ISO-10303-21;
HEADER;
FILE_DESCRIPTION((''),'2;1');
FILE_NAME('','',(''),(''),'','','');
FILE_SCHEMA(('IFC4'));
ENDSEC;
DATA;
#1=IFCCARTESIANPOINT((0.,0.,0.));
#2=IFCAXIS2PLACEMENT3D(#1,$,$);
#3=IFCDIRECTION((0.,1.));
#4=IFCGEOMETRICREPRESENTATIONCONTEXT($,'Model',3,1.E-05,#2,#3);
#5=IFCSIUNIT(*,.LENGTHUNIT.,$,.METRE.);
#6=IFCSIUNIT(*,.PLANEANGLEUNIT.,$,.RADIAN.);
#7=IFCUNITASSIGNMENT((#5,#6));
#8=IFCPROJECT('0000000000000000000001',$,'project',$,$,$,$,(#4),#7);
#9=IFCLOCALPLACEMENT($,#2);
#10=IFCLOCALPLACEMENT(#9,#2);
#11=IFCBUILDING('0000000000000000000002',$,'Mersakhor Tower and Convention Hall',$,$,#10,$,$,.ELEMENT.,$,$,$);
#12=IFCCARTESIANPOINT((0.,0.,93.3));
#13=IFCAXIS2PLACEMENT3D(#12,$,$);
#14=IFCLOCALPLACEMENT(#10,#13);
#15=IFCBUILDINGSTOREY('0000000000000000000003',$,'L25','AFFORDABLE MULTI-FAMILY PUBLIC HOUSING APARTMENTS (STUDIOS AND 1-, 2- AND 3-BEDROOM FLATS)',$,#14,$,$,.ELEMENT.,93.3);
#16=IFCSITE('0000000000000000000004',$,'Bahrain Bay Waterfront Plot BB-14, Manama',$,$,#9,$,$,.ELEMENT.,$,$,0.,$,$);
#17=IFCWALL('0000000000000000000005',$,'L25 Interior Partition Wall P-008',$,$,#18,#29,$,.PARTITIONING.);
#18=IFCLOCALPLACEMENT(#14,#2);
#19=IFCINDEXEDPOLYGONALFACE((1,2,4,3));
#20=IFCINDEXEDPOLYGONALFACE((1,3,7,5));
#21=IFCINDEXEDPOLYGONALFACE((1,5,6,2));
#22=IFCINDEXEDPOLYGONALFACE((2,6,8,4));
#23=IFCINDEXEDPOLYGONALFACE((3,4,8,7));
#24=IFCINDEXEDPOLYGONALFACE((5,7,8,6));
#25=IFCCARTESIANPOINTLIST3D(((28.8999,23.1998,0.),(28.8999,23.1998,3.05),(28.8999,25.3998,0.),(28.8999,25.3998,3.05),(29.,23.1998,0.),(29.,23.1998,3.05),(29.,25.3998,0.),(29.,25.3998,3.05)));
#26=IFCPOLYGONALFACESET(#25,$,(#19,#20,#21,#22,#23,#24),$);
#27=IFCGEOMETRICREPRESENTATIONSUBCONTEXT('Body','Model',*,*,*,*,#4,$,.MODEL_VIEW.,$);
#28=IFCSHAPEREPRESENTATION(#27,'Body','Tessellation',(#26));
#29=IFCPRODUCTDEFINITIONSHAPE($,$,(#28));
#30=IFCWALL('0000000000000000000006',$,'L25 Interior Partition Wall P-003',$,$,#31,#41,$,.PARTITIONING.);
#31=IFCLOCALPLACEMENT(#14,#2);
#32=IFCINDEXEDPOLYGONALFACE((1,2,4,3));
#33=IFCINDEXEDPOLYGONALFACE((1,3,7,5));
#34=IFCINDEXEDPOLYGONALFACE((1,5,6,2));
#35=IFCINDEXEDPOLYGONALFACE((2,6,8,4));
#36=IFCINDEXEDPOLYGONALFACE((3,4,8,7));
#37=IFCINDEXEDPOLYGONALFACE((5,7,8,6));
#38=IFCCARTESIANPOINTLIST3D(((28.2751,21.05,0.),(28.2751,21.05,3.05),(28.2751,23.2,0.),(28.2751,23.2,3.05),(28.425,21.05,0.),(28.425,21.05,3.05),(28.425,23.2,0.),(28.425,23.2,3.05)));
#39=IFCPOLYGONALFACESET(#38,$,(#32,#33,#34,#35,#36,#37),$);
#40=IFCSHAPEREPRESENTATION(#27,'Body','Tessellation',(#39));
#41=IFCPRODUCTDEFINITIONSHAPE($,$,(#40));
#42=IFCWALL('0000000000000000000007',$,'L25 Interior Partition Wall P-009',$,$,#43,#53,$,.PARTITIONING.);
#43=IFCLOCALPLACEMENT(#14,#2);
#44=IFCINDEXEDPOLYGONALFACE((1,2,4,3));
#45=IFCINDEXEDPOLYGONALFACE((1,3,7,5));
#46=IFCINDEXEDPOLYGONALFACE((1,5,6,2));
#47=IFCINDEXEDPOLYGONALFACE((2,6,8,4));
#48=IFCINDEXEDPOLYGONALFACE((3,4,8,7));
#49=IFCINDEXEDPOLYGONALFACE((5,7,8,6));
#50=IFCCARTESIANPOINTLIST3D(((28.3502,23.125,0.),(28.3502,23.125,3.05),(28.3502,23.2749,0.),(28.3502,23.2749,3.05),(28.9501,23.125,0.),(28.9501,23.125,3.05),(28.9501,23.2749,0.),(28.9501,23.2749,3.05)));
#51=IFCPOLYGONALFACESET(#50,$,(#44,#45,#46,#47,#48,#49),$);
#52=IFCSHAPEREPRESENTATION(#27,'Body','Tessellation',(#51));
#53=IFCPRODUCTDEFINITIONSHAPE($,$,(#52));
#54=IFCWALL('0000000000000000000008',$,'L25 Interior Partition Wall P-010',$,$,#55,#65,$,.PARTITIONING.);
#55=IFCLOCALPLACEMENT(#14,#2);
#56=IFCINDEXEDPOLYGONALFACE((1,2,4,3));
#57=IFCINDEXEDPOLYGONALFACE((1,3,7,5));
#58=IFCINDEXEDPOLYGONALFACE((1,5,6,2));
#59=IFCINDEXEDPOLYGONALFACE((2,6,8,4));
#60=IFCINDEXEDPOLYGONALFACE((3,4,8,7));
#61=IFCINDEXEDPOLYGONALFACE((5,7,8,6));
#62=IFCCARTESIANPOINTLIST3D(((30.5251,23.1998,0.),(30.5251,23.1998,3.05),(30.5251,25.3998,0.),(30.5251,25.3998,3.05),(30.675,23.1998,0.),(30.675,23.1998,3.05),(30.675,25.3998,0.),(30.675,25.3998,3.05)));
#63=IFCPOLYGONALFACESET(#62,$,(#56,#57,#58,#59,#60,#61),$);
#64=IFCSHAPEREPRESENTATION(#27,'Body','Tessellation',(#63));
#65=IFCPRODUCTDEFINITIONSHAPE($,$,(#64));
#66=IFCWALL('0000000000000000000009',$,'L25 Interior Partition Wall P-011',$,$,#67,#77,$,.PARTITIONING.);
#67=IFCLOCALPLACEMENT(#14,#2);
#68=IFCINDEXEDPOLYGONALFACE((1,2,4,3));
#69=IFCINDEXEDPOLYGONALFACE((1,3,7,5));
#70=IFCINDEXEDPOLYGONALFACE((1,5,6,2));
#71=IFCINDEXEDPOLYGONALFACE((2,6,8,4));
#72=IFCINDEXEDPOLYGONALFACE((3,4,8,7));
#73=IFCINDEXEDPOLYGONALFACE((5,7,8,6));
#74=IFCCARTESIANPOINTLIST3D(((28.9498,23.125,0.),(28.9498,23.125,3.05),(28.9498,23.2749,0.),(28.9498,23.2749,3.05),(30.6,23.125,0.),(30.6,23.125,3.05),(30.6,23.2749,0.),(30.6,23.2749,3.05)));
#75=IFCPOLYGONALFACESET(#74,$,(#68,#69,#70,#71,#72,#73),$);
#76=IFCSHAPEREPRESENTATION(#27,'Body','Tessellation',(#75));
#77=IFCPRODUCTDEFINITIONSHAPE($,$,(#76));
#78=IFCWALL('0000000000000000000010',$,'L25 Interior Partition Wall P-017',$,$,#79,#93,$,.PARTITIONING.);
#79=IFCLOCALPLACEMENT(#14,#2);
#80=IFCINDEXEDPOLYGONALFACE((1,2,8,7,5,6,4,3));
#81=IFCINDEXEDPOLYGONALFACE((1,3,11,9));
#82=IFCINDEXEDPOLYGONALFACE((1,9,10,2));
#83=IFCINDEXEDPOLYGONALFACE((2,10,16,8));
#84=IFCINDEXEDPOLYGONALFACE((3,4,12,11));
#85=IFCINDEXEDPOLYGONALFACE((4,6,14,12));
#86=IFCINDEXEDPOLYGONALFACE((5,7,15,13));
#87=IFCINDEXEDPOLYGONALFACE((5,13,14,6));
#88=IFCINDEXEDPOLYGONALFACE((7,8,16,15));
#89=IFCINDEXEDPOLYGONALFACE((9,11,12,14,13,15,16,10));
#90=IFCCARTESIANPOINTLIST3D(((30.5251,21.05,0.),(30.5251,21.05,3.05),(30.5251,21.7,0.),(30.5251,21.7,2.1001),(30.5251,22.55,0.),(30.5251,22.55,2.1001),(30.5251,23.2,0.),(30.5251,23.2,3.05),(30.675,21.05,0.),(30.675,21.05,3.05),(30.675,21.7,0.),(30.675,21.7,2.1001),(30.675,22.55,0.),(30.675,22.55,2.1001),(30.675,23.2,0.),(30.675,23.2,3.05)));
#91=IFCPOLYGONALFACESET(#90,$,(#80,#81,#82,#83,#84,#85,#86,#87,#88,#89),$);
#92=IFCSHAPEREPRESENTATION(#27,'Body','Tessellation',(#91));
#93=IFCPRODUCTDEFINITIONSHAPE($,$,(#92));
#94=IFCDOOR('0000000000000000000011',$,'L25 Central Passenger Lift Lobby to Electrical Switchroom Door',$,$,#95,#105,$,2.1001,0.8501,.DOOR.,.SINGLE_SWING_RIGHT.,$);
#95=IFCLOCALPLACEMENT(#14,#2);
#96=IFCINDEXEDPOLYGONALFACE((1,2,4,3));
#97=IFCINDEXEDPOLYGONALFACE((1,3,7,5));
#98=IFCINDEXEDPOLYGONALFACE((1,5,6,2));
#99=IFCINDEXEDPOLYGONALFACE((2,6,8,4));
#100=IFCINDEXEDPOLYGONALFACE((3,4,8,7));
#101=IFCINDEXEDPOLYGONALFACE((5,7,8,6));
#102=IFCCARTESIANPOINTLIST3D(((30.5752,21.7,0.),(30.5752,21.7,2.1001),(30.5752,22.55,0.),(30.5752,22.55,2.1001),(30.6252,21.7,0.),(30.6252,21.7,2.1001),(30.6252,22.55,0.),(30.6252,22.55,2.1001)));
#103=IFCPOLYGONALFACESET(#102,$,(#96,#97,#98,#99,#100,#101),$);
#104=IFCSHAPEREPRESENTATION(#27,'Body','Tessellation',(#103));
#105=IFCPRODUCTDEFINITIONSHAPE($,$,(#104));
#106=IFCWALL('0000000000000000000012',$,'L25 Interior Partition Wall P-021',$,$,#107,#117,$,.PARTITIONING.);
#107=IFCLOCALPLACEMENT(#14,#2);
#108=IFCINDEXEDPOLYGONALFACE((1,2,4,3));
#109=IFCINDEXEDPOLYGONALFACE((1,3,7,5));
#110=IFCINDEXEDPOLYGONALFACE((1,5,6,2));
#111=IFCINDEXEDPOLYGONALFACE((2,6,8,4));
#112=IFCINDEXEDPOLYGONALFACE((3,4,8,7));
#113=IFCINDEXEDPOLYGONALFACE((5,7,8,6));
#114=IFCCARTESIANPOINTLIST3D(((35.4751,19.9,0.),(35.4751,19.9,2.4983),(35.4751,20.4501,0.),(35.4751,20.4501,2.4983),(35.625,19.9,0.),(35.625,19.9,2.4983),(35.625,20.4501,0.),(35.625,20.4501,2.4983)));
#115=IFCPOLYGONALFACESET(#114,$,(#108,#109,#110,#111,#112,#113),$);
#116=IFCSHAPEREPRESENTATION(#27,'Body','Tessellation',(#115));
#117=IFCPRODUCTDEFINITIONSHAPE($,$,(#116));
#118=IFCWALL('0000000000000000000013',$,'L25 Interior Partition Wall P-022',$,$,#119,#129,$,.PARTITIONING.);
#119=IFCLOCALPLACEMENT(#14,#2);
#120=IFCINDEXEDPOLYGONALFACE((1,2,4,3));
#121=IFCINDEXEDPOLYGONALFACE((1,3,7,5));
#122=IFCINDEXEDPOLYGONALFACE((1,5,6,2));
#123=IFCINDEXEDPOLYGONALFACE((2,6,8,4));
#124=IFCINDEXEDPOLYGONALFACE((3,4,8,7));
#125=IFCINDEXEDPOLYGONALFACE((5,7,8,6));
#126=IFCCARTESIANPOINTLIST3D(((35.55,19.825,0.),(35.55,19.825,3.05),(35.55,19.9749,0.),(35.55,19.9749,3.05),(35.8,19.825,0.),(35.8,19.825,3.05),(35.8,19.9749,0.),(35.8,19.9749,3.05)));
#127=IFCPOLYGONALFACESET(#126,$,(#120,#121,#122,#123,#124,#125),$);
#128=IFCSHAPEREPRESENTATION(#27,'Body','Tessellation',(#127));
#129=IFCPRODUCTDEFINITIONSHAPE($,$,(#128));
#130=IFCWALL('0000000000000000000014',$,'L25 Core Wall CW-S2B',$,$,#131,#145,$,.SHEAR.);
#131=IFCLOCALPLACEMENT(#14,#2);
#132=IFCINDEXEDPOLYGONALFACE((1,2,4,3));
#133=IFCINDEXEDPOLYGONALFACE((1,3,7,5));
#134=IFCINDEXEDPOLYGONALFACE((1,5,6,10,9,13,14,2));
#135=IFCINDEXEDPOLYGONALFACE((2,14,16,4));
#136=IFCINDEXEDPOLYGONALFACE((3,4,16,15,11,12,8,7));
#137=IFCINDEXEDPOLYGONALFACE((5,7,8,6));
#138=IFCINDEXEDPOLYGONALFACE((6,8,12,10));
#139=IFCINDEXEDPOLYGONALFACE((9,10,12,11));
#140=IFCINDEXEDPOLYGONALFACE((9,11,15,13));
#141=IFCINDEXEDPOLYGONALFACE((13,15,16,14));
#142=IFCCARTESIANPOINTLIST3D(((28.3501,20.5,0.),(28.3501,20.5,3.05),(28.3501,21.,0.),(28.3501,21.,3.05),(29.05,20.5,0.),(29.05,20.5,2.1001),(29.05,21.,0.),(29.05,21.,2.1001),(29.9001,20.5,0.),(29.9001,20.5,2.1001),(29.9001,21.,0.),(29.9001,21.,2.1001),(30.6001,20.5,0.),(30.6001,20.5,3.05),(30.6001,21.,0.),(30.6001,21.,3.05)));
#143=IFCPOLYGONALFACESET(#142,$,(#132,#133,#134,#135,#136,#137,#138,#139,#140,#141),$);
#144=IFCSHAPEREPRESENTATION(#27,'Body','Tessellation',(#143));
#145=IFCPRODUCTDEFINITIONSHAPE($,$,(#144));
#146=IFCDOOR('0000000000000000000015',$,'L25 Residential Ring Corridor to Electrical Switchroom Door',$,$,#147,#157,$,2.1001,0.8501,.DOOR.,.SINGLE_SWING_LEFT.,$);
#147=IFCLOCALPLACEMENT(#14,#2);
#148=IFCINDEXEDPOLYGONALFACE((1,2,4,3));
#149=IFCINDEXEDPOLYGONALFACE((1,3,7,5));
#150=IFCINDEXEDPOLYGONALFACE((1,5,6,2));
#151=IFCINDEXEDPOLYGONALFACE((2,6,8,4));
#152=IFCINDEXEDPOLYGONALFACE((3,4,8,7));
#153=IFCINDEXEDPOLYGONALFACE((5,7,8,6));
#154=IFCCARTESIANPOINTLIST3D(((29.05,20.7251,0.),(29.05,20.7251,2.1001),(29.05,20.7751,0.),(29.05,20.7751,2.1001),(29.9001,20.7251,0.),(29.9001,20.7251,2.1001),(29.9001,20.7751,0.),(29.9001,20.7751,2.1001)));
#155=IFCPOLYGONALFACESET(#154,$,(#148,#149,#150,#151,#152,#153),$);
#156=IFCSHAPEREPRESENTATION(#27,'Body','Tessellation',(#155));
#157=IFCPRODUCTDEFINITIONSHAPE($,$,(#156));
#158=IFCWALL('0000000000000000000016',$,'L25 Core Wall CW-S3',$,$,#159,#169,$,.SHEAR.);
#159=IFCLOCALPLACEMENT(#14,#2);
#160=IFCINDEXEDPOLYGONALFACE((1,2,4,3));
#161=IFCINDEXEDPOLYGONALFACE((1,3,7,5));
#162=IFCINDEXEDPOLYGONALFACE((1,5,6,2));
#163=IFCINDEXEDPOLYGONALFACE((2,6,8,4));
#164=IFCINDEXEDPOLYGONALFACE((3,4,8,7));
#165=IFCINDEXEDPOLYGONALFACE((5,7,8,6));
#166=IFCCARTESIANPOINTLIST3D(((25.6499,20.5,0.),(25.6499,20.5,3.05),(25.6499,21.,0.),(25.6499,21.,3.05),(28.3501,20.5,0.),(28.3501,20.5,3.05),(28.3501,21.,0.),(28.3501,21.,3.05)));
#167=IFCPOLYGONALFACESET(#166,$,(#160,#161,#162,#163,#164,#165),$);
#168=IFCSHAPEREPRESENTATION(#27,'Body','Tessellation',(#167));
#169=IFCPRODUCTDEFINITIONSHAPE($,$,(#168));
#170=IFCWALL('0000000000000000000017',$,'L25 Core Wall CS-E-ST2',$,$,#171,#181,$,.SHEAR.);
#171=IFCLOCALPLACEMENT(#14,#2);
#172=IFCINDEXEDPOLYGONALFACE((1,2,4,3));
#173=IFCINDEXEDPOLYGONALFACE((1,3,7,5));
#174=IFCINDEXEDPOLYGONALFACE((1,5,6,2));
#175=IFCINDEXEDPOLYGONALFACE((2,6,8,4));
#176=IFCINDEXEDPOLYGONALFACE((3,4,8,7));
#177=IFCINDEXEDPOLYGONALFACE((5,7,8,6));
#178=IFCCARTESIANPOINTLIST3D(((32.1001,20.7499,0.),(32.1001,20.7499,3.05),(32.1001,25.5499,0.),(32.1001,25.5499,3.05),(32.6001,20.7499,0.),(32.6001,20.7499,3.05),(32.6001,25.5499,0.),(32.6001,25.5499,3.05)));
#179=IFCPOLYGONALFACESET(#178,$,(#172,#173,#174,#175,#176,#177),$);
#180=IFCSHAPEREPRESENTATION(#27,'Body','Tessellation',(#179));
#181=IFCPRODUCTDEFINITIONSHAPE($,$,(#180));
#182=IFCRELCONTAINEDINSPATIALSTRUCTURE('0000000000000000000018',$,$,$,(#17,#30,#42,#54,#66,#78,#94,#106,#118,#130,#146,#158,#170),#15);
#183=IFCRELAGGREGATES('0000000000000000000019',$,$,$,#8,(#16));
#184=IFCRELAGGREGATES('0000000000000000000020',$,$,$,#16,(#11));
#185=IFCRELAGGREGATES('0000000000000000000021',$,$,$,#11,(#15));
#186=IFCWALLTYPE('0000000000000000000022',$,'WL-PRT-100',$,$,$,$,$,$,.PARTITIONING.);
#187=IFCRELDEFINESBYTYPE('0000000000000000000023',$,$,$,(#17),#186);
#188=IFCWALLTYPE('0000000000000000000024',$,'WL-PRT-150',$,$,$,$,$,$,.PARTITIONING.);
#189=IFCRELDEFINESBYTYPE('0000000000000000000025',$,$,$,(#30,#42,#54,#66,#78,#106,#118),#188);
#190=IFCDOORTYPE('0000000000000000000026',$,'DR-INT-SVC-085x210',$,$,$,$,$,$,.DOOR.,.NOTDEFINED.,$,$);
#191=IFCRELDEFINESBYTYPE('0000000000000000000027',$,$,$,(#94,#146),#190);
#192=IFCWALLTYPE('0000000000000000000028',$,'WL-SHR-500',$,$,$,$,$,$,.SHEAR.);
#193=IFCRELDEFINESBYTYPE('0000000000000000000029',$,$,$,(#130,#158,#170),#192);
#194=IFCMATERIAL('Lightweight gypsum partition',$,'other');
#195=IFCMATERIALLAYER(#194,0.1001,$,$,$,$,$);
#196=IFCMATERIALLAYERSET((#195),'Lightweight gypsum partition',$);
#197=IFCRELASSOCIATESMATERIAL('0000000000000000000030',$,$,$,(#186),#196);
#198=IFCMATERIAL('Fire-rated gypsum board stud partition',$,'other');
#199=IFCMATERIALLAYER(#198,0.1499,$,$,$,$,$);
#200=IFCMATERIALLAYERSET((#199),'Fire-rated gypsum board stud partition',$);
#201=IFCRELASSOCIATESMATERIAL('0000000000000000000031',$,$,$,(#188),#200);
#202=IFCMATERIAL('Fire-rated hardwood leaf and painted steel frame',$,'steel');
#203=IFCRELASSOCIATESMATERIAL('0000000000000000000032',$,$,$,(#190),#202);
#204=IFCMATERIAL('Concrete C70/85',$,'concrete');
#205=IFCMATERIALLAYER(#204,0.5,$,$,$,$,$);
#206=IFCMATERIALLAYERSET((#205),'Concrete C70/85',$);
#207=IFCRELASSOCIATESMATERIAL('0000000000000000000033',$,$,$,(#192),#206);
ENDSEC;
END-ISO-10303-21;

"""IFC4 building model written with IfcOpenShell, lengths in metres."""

from ifc_helpers import new_model, si_unit, direction, frame, frame_2d, origin, place, context, subcontext, project, spatial, rectangle, extrude, material, layer, layer_set, type_object, element, fill, save


model = new_model("IFC4")

# Units and contexts
model_context = context("Model", 3, precision=1e-05, world=origin(), true_north=direction((0.0, 1.0)))
body_context = subcontext(model_context, "Body", "Model", "MODEL_VIEW")
ifc_project = project(units=[si_unit("LENGTHUNIT", "METRE"), si_unit("PLANEANGLEUNIT", "RADIAN")], contexts=[model_context])

# Site, building, storey
site_placement = place(None, origin())
site = spatial("IfcSite", under=ifc_project, at=site_placement, Name="Bahrain Bay Waterfront Plot BB-14, Manama", CompositionType="ELEMENT", RefElevation=0.0)
building_placement = place(site_placement, origin())
building = spatial("IfcBuilding", under=site, at=building_placement, Name="Mersakhor Tower and Convention Hall", CompositionType="ELEMENT")
storey_placement = place(building_placement, frame((0.0, 0.0, 93.3)))
storey = spatial("IfcBuildingStorey", under=building, at=storey_placement, Name="L25", Description="AFFORDABLE MULTI-FAMILY PUBLIC HOUSING APARTMENTS (STUDIOS AND 1-, 2- AND 3-BEDROOM FLATS)", CompositionType="ELEMENT", Elevation=93.3)

# Walls
ifc_material_1 = material(Name="Lightweight gypsum partition", Category="other")
ifc_layer_1 = layer(ifc_material_1, 0.1001)
ifc_layer_set_1 = layer_set([ifc_layer_1], Name="Lightweight gypsum partition")
wall_type_1 = type_object("IfcWallType", Name="WL-PRT-100", PredefinedType="PARTITIONING", material=ifc_layer_set_1)
wall_1_placement = place(storey_placement, frame((28.95, 25.3999, 0.0), z_axis=(0.0, 0.0, 1.0), x_axis=(0.0, -1.0, 0.0)))
element("IfcWall", 1, at=wall_1_placement, inside=storey, type_object=wall_type_1, Name="L25 Interior Partition Wall P-008", PredefinedType="PARTITIONING", context=body_context, shape_type="SweptSolid", body=[
    extrude(rectangle(XDim=2.2, YDim=0.1001, at=frame_2d((1.1001, 0.0))), origin(), (0.0, 0.0, 1.0), 3.05),
])
ifc_material_2 = material(Name="Fire-rated gypsum board stud partition", Category="other")
ifc_layer_2 = layer(ifc_material_2, 0.1499)
ifc_layer_set_2 = layer_set([ifc_layer_2], Name="Fire-rated gypsum board stud partition")
wall_type_2 = type_object("IfcWallType", Name="WL-PRT-150", PredefinedType="PARTITIONING", material=ifc_layer_set_2)
wall_2_placement = place(storey_placement, frame((28.3501, 23.2, 0.0), z_axis=(0.0, 0.0, 1.0), x_axis=(0.0, -1.0, 0.0)))
element("IfcWall", 2, at=wall_2_placement, inside=storey, type_object=wall_type_2, Name="L25 Interior Partition Wall P-003", PredefinedType="PARTITIONING", context=body_context, shape_type="SweptSolid", body=[
    extrude(rectangle(XDim=2.1499, YDim=0.1499, at=frame_2d((1.075, 0.0))), origin(), (0.0, 0.0, 1.0), 3.05),
])
wall_3_placement = place(storey_placement, frame((28.95, 23.2, 0.0), z_axis=(0.0, 0.0, 1.0), x_axis=(-1.0, 0.0, 0.0)))
element("IfcWall", 3, at=wall_3_placement, inside=storey, type_object=wall_type_2, Name="L25 Interior Partition Wall P-009", PredefinedType="PARTITIONING", context=body_context, shape_type="SweptSolid", body=[
    extrude(rectangle(XDim=0.5999, YDim=0.1499, at=frame_2d((0.2998, 0.0))), origin(), (0.0, 0.0, 1.0), 3.05),
])
wall_4_placement = place(storey_placement, frame((30.6001, 25.3999, 0.0), z_axis=(0.0, 0.0, 1.0), x_axis=(0.0, -1.0, 0.0)))
element("IfcWall", 4, at=wall_4_placement, inside=storey, type_object=wall_type_2, Name="L25 Interior Partition Wall P-010", PredefinedType="PARTITIONING", context=body_context, shape_type="SweptSolid", body=[
    extrude(rectangle(XDim=2.2, YDim=0.1499, at=frame_2d((1.1001, 0.0))), origin(), (0.0, 0.0, 1.0), 3.05),
])
wall_5_placement = place(storey_placement, frame((30.6001, 23.2, 0.0), z_axis=(0.0, 0.0, 1.0), x_axis=(-1.0, 0.0, 0.0)))
element("IfcWall", 5, at=wall_5_placement, inside=storey, type_object=wall_type_2, Name="L25 Interior Partition Wall P-011", PredefinedType="PARTITIONING", context=body_context, shape_type="SweptSolid", body=[
    extrude(rectangle(XDim=1.6501, YDim=0.1499, at=frame_2d((0.8252, 0.0))), origin(), (0.0, 0.0, 1.0), 3.05),
])

# Wall, opening, door
wall_6_placement = place(storey_placement, frame((30.6001, 21.05, 0.0), z_axis=(0.0, 0.0, 1.0), x_axis=(0.0, 1.0, 0.0)))
wall_6 = element("IfcWall", 6, at=wall_6_placement, inside=storey, type_object=wall_type_2, Name="L25 Interior Partition Wall P-017", PredefinedType="PARTITIONING", context=body_context, shape_type="SweptSolid", body=[
    extrude(rectangle(XDim=2.1499, YDim=0.1499, at=frame_2d((1.075, 0.0))), origin(), (0.0, 0.0, 1.0), 3.05),
])
opening_1_placement = place(wall_6_placement, frame((0.6499, 0.0, 0.0)))
opening_1 = element("IfcOpeningElement", 7, at=opening_1_placement, cuts=wall_6, PredefinedType="OPENING", context=body_context, shape_type="SweptSolid", body=[
    extrude(rectangle(XDim=0.8501, YDim=2.1001, at=frame_2d((0.425, 1.05))), frame((0.0, 0.085, 0.0), z_axis=(0.0, -1.0, 0.0), x_axis=(1.0, 0.0, 0.0)), (0.0, 0.0, 1.0), 0.1699),
])
ifc_material_3 = material(Name="Fire-rated hardwood leaf and painted steel frame", Category="steel")
door_type_1 = type_object("IfcDoorType", Name="DR-INT-SVC-085x210", OperationType="NOTDEFINED", PredefinedType="DOOR", material=ifc_material_3)
door_1_placement = place(opening_1_placement, origin())
door_1 = element("IfcDoor", 8, at=door_1_placement, inside=storey, type_object=door_type_1, Name="L25 Central Passenger Lift Lobby to Electrical Switchroom Door", OperationType="SINGLE_SWING_RIGHT", OverallHeight=2.1001, OverallWidth=0.8501, PredefinedType="DOOR", context=body_context, shape_type="SweptSolid", body=[
    extrude(rectangle(XDim=0.8501, YDim=2.1001, at=frame_2d((0.425, 1.05))), frame((0.0, 0.0249, 0.0), z_axis=(0.0, -1.0, 0.0), x_axis=(1.0, 0.0, 0.0)), (0.0, 0.0, 1.0), 0.05),
])
fill(opening_1, door_1)

# Walls
wall_7_placement = place(storey_placement, frame((35.55, 20.45, 0.0), z_axis=(0.0, 0.0, 1.0), x_axis=(0.0, -1.0, 0.0)))
element("IfcWall", 9, at=wall_7_placement, inside=storey, type_object=wall_type_2, Name="L25 Interior Partition Wall P-021", PredefinedType="PARTITIONING", context=body_context, shape_type="SweptSolid", body=[
    extrude(rectangle(XDim=0.55, YDim=0.1499, at=frame_2d((0.2749, 0.0))), origin(), (0.0, 0.0, 1.0), 2.4983),
])
wall_8_placement = place(storey_placement, frame((35.55, 19.8999, 0.0), z_axis=(0.0, 0.0, 1.0), x_axis=(1.0, 0.0, 0.0)))
element("IfcWall", 10, at=wall_8_placement, inside=storey, type_object=wall_type_2, Name="L25 Interior Partition Wall P-022", PredefinedType="PARTITIONING", context=body_context, shape_type="SweptSolid", body=[
    extrude(rectangle(XDim=0.25, YDim=0.1499, at=frame_2d((0.125, 0.0))), origin(), (0.0, 0.0, 1.0), 3.05),
])

# Wall, opening, door
ifc_material_4 = material(Name="Concrete C70/85", Category="concrete")
ifc_layer_3 = layer(ifc_material_4, 0.5)
ifc_layer_set_3 = layer_set([ifc_layer_3], Name="Concrete C70/85")
wall_type_3 = type_object("IfcWallType", Name="WL-SHR-500", PredefinedType="SHEAR", material=ifc_layer_set_3)
wall_9_placement = place(storey_placement, frame((30.6001, 20.75, 0.0), z_axis=(0.0, 0.0, 1.0), x_axis=(-1.0, 0.0, 0.0)))
wall_9 = element("IfcWall", 11, at=wall_9_placement, inside=storey, type_object=wall_type_3, Name="L25 Core Wall CW-S2B", PredefinedType="SHEAR", context=body_context, shape_type="SweptSolid", body=[
    extrude(rectangle(XDim=2.25, YDim=0.5, at=frame_2d((1.125, 0.0))), origin(), (0.0, 0.0, 1.0), 3.05),
])
opening_2_placement = place(wall_9_placement, frame((0.7, 0.0, 0.0)))
opening_2 = element("IfcOpeningElement", 12, at=opening_2_placement, cuts=wall_9, PredefinedType="OPENING", context=body_context, shape_type="SweptSolid", body=[
    extrude(rectangle(XDim=0.8501, YDim=2.1001, at=frame_2d((0.425, 1.05))), frame((0.0, 0.26, 0.0), z_axis=(0.0, -1.0, 0.0), x_axis=(1.0, 0.0, 0.0)), (0.0, 0.0, 1.0), 0.52),
])
door_2_placement = place(opening_2_placement, origin())
door_2 = element("IfcDoor", 13, at=door_2_placement, inside=storey, type_object=door_type_1, Name="L25 Residential Ring Corridor to Electrical Switchroom Door", OperationType="SINGLE_SWING_LEFT", OverallHeight=2.1001, OverallWidth=0.8501, PredefinedType="DOOR", context=body_context, shape_type="SweptSolid", body=[
    extrude(rectangle(XDim=0.8501, YDim=2.1001, at=frame_2d((0.425, 1.05))), frame((0.0, 0.0249, 0.0), z_axis=(0.0, -1.0, 0.0), x_axis=(1.0, 0.0, 0.0)), (0.0, 0.0, 1.0), 0.05),
])
fill(opening_2, door_2)

# Walls
wall_10_placement = place(storey_placement, frame((28.3501, 20.75, 0.0), z_axis=(0.0, 0.0, 1.0), x_axis=(-1.0, 0.0, 0.0)))
element("IfcWall", 14, at=wall_10_placement, inside=storey, type_object=wall_type_3, Name="L25 Core Wall CW-S3", PredefinedType="SHEAR", context=body_context, shape_type="SweptSolid", body=[
    extrude(rectangle(XDim=2.7002, YDim=0.5, at=frame_2d((1.3501, 0.0))), origin(), (0.0, 0.0, 1.0), 3.05),
])
wall_11_placement = place(storey_placement, frame((32.3501, 20.75, 0.0), z_axis=(0.0, 0.0, 1.0), x_axis=(0.0, 1.0, 0.0)))
element("IfcWall", 15, at=wall_11_placement, inside=storey, type_object=wall_type_3, Name="L25 Core Wall CS-E-ST2", PredefinedType="SHEAR", context=body_context, shape_type="SweptSolid", body=[
    extrude(rectangle(XDim=4.8, YDim=0.5, at=frame_2d((2.3999, 0.0))), origin(), (0.0, 0.0, 1.0), 3.05),
])

save(model, "model.ifc")
